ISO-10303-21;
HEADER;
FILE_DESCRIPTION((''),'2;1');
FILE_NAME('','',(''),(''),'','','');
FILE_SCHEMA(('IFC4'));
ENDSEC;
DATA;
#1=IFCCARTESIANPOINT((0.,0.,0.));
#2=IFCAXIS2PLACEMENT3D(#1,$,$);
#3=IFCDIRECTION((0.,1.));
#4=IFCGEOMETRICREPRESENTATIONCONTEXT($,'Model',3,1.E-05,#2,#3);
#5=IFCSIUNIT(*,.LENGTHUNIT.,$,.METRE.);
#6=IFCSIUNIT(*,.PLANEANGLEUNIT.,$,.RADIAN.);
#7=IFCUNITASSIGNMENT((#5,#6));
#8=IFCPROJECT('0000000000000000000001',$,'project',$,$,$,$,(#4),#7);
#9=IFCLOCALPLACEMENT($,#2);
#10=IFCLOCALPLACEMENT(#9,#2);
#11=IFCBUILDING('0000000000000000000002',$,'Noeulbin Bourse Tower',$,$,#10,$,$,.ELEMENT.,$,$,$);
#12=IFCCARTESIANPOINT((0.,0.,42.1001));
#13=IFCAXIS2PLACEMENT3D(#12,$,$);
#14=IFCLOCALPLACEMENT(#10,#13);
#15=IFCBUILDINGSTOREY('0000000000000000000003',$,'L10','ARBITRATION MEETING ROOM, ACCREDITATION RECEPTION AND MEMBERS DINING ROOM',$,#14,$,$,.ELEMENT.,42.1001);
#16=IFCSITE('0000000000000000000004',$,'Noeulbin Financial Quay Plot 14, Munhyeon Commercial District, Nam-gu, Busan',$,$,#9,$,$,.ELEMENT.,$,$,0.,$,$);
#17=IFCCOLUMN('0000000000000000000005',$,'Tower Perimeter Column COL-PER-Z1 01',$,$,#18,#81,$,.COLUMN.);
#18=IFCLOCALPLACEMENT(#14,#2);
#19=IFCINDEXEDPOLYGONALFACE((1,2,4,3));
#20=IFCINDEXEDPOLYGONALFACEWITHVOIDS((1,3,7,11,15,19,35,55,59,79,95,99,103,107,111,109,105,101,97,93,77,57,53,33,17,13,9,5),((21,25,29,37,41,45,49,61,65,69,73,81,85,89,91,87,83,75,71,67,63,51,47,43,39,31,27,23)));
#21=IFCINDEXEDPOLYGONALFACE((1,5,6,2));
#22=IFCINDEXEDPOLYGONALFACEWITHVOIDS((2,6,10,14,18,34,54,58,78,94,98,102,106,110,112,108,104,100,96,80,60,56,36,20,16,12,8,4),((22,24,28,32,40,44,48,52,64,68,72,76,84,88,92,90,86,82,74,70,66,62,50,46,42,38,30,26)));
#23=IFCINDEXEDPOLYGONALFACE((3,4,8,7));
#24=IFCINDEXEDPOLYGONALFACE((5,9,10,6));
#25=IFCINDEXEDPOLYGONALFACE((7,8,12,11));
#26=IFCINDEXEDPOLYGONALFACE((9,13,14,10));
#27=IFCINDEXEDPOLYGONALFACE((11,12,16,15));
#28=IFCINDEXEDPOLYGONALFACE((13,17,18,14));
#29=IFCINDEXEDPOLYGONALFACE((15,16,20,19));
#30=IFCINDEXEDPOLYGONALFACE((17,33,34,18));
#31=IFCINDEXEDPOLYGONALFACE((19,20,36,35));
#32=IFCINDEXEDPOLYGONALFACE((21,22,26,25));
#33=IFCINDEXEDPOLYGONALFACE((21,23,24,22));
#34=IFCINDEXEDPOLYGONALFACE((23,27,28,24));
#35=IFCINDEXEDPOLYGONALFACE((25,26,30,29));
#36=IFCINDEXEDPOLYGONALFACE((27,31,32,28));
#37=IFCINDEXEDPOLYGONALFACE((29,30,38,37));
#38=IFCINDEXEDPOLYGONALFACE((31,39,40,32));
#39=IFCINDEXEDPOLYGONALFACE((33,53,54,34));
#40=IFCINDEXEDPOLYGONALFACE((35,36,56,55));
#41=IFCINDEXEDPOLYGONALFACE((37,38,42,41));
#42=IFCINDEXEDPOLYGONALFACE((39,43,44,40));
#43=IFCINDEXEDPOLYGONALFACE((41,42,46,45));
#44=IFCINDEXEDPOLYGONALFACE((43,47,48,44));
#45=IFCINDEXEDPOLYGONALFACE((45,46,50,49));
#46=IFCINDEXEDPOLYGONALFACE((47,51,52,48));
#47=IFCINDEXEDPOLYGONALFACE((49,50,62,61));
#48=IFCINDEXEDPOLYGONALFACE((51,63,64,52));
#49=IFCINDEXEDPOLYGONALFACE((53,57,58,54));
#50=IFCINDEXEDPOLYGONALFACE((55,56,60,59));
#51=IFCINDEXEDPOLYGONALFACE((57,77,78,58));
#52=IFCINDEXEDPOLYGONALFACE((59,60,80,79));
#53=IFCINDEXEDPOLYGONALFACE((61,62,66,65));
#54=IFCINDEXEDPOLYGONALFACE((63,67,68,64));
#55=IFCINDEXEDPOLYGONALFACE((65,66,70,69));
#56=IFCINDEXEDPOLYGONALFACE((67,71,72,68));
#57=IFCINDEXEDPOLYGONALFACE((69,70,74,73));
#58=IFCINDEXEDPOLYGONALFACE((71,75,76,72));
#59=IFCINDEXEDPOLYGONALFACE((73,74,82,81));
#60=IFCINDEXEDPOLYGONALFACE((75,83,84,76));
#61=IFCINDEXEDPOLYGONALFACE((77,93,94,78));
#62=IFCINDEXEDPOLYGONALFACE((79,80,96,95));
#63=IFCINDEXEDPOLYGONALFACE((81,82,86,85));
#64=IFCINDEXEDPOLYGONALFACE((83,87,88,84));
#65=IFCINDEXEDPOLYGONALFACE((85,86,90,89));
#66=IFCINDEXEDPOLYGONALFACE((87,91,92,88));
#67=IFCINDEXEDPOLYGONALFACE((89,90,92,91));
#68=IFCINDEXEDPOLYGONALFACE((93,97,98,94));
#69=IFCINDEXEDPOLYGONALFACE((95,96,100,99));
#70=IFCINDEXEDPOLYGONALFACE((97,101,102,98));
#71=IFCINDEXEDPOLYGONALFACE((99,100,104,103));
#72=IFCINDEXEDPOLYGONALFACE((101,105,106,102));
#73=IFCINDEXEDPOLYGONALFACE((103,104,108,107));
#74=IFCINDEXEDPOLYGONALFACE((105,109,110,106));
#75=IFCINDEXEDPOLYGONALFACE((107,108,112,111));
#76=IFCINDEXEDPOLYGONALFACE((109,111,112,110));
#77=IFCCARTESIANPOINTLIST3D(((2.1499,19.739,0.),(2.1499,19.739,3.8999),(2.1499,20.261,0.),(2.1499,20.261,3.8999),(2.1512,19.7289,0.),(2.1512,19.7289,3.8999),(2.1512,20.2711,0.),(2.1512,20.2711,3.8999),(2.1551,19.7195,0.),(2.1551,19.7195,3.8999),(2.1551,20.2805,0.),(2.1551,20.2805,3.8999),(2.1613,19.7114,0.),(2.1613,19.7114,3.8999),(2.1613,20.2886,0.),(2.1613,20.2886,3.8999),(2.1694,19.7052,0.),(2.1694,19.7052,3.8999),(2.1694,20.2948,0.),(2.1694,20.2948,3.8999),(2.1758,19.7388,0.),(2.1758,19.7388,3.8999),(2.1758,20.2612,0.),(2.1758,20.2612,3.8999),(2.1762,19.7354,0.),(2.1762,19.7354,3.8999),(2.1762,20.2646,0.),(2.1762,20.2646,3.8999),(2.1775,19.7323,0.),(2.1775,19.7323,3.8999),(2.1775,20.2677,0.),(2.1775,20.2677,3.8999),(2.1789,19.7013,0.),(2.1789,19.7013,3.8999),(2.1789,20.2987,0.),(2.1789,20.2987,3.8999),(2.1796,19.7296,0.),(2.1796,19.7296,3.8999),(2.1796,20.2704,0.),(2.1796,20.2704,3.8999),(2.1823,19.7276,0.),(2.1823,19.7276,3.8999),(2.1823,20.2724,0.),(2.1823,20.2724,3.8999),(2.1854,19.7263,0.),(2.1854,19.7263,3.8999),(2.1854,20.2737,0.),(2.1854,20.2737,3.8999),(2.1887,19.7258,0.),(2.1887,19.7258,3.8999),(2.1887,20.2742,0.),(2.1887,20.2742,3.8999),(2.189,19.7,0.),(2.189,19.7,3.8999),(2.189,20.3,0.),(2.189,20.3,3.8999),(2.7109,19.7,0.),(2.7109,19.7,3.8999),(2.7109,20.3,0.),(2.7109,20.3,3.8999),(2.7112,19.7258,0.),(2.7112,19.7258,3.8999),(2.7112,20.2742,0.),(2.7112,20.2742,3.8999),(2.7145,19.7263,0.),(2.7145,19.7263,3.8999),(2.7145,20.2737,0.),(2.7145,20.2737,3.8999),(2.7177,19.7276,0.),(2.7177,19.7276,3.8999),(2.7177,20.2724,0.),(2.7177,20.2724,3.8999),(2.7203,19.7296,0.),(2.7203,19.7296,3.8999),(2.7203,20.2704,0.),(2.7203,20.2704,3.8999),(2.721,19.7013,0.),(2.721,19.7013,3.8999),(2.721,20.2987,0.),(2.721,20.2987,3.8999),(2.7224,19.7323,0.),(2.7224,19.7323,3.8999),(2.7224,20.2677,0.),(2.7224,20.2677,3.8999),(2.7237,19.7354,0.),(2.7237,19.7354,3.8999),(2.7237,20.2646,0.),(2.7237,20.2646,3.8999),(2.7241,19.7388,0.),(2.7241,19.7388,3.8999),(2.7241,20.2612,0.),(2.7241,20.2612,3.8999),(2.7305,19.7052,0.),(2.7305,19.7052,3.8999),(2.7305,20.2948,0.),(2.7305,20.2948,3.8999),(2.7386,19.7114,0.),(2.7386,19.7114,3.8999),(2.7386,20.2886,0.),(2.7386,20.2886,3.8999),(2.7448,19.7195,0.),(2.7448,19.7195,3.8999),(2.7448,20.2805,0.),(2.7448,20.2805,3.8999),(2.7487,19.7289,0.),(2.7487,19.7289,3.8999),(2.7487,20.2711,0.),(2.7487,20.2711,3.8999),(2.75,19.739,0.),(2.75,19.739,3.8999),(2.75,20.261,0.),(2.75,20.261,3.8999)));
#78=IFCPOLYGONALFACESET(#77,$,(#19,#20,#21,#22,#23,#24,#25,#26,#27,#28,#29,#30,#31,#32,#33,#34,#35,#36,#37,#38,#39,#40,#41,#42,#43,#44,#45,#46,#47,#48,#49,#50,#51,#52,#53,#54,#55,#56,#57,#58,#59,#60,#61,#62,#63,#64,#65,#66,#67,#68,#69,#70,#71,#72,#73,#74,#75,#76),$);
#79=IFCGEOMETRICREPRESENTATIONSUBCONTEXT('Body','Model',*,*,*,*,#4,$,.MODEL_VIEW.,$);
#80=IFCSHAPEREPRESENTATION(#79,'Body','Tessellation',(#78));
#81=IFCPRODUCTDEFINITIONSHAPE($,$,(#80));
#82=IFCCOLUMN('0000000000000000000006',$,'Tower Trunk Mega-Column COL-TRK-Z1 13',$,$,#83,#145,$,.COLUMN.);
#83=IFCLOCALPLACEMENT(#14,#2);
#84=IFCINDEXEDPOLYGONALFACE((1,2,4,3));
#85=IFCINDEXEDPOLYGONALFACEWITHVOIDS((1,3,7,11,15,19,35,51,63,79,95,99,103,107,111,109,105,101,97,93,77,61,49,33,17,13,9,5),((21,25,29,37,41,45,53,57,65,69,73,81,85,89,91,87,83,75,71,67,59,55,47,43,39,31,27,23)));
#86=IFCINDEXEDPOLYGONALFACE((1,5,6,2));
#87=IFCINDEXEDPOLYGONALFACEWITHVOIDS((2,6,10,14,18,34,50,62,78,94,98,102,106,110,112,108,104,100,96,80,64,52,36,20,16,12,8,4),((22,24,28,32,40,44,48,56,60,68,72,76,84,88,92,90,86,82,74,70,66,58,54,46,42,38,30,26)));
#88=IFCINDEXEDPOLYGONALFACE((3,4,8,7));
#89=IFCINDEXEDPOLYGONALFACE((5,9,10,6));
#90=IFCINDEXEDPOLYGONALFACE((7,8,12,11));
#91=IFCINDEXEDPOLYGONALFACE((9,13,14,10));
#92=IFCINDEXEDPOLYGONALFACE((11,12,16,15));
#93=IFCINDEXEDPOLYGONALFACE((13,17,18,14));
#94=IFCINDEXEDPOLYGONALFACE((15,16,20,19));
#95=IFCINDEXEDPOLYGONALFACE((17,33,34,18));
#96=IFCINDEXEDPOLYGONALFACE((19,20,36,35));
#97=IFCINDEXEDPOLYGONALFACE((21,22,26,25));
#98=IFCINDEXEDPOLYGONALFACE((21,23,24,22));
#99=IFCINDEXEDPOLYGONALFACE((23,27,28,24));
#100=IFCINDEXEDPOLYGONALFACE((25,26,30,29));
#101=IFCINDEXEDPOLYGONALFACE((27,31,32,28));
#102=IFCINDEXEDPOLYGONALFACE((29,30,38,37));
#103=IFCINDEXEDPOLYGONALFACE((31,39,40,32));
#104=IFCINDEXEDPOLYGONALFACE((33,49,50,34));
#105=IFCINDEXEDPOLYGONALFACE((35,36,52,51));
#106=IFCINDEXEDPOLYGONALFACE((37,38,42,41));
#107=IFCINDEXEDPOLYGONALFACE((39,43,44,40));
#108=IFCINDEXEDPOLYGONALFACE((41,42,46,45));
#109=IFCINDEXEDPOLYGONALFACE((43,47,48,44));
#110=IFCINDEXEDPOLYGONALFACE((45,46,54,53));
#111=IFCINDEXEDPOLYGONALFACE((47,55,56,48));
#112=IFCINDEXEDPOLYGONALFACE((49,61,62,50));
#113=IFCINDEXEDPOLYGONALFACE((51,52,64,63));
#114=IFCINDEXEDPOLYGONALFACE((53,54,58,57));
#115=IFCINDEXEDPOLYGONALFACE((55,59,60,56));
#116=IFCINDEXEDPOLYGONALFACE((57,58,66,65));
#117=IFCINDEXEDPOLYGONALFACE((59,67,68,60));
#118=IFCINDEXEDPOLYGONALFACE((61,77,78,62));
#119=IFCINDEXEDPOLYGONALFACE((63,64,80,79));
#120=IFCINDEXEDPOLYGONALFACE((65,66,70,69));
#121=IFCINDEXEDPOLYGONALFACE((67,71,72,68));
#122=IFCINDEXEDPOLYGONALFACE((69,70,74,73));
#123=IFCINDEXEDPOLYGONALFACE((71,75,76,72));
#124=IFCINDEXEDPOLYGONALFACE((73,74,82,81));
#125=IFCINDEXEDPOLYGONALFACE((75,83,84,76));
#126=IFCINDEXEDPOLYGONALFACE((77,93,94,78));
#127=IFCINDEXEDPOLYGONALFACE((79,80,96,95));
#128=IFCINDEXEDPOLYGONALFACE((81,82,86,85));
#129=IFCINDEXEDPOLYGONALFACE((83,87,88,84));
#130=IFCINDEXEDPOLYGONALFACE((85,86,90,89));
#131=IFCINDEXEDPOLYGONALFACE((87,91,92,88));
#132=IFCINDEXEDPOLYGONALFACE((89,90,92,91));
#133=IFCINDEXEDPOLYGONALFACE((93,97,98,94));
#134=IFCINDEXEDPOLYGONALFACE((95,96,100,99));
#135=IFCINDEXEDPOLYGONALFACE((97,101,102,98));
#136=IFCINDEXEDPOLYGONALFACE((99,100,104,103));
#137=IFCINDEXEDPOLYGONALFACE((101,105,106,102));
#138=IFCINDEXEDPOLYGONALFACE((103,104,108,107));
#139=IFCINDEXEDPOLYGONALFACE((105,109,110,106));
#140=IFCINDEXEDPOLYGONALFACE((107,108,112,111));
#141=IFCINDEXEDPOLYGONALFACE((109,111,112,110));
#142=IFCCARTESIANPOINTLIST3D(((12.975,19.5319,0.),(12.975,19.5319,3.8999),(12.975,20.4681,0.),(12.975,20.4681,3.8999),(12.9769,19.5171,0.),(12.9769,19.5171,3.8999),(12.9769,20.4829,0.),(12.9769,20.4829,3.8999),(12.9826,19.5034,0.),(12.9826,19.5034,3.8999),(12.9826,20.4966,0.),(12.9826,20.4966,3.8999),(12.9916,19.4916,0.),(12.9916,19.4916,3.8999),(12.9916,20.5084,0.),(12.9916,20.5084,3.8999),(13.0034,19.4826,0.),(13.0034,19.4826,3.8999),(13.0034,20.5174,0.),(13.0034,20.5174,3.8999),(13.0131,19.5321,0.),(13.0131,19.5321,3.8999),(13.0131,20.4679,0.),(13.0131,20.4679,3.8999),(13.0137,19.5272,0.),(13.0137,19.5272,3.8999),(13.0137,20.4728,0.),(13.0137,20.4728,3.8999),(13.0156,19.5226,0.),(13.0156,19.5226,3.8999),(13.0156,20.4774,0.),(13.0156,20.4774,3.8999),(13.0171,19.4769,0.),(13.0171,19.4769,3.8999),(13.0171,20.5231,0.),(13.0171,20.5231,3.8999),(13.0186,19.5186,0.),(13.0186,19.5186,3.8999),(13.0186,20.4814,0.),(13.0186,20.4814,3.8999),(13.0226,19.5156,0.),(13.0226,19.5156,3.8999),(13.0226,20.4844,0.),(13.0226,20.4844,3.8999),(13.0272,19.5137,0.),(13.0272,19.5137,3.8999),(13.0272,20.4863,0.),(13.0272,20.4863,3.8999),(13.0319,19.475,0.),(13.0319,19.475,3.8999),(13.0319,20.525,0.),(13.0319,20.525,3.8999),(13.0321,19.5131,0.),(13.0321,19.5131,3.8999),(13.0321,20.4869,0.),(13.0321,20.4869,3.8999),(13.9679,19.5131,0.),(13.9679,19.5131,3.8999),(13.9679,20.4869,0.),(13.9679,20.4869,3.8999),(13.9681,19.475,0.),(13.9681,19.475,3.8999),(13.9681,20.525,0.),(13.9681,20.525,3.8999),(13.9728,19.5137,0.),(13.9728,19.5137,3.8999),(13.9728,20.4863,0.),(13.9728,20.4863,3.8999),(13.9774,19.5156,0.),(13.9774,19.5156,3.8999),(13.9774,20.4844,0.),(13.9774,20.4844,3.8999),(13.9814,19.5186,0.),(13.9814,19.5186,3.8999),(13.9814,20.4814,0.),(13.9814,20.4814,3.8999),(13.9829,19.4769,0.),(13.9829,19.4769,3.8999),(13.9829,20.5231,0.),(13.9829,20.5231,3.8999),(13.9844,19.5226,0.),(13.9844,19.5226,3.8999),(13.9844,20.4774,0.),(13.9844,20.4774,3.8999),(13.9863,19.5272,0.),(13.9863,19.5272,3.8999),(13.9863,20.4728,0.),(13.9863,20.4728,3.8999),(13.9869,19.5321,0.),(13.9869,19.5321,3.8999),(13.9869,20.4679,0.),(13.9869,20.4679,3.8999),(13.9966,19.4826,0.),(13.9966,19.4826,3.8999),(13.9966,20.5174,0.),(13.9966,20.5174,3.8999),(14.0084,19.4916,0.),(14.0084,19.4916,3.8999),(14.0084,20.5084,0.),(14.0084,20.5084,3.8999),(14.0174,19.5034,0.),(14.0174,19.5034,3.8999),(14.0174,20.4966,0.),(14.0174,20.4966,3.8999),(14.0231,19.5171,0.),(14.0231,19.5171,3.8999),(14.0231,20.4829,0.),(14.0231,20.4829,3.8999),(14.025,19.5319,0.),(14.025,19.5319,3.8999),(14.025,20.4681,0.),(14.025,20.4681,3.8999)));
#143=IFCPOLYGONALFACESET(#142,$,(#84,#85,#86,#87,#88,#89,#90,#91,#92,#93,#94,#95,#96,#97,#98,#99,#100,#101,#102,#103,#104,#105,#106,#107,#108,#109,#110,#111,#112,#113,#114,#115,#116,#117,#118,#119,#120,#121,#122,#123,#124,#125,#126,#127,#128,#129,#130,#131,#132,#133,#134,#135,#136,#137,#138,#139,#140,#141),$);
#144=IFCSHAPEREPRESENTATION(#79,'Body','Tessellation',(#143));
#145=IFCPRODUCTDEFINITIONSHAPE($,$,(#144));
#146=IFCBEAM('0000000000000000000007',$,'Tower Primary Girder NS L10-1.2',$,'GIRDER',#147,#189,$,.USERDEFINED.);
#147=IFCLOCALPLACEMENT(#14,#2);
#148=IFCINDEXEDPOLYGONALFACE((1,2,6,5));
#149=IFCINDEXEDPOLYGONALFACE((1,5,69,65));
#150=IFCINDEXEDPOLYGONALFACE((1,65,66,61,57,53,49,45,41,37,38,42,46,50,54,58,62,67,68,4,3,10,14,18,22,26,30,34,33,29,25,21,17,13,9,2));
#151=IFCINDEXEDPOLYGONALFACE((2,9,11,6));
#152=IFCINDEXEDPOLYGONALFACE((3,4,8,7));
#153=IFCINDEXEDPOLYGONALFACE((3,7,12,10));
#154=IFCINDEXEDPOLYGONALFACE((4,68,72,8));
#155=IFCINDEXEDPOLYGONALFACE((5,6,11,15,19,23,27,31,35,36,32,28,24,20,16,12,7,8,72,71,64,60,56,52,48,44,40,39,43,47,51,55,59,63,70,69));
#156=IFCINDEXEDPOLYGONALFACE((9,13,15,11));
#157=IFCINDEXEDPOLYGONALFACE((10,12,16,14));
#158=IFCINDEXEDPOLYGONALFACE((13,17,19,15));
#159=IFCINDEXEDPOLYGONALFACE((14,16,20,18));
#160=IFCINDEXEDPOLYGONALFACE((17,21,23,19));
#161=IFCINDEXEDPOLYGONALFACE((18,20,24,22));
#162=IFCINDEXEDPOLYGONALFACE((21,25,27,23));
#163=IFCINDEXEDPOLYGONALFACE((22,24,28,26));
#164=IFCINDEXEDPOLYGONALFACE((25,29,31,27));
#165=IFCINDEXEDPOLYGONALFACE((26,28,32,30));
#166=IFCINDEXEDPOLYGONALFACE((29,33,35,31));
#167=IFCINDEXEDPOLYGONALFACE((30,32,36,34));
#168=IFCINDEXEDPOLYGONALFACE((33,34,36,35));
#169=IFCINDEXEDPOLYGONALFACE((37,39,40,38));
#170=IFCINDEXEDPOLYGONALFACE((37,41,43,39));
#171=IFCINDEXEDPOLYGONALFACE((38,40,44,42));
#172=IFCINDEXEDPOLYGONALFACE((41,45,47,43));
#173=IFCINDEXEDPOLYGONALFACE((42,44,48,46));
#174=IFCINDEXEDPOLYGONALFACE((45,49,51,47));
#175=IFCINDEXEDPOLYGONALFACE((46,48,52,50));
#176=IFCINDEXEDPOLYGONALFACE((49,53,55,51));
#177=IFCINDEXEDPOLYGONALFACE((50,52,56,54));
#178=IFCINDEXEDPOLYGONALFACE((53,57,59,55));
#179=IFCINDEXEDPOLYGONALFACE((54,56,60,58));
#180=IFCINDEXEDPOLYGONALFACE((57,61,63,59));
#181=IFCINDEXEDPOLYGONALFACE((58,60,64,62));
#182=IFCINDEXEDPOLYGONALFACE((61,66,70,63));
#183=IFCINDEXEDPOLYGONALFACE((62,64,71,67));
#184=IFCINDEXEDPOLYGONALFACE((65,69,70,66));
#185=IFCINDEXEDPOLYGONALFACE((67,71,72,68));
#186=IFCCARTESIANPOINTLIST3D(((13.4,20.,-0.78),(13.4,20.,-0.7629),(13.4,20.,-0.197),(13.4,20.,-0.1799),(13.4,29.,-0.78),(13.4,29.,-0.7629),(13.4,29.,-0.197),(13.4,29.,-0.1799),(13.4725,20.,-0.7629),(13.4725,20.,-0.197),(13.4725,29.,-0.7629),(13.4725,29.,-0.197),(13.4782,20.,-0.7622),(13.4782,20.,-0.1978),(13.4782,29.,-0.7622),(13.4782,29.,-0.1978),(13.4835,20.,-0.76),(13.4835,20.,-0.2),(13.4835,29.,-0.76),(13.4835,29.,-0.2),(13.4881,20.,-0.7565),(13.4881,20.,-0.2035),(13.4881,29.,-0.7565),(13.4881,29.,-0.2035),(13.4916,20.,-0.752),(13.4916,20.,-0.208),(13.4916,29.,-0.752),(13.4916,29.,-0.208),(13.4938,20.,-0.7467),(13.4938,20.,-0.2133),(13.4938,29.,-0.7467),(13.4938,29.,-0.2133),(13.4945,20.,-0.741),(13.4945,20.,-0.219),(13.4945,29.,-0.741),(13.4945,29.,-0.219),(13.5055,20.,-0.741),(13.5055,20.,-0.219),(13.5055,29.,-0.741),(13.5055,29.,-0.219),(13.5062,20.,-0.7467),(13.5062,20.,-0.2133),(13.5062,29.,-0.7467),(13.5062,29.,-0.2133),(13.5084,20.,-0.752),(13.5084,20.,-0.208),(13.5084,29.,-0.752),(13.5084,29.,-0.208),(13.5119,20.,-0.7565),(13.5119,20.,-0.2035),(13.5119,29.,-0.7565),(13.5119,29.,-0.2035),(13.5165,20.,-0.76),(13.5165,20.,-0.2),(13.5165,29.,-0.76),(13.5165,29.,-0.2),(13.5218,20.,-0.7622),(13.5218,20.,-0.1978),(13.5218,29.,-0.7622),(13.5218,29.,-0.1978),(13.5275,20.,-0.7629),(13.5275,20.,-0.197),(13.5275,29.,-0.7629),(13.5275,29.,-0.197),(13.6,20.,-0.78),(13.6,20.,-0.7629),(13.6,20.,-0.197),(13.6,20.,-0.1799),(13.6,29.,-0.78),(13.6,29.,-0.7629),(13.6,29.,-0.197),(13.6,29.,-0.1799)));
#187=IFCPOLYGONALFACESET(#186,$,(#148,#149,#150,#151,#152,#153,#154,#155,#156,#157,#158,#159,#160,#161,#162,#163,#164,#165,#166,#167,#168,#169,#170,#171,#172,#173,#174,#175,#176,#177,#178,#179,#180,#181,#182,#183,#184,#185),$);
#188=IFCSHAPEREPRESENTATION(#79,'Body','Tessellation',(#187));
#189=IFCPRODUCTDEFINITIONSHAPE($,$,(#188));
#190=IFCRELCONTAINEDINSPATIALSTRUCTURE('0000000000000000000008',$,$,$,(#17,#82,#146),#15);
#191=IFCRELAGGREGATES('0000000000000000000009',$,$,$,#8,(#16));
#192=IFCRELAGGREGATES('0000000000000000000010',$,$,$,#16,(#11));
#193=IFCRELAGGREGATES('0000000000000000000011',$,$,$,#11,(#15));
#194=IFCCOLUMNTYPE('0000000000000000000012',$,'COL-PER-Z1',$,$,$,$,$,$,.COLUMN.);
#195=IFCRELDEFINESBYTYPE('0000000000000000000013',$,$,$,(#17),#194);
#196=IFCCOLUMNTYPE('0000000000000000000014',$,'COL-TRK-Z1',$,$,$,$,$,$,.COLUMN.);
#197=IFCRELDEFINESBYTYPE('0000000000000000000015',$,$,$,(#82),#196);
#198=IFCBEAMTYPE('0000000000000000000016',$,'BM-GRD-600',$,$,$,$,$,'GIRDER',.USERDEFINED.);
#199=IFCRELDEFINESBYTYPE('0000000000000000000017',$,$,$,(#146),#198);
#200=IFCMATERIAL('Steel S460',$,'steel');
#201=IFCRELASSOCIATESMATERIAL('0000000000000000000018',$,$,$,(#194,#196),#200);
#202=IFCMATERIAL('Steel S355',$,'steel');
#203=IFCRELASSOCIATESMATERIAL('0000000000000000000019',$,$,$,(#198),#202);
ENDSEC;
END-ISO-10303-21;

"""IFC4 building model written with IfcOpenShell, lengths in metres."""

from ifc_helpers import new_model, si_unit, direction, frame, origin, origin_2d, place, context, subcontext, project, spatial, hollow_rectangle, i_section, extrude, material, material_profile, profile_set, type_object, element, save


model = new_model("IFC4")

# Units and contexts
model_context = context("Model", 3, precision=1e-05, world=origin(), true_north=direction((0.0, 1.0)))
body_context = subcontext(model_context, "Body", "Model", "MODEL_VIEW")
ifc_project = project(units=[si_unit("LENGTHUNIT", "METRE"), si_unit("PLANEANGLEUNIT", "RADIAN")], contexts=[model_context])

# Site, building, storey
site_placement = place(None, origin())
site = spatial("IfcSite", under=ifc_project, at=site_placement, Name="Noeulbin Financial Quay Plot 14, Munhyeon Commercial District, Nam-gu, Busan", CompositionType="ELEMENT", RefElevation=0.0)
building_placement = place(site_placement, origin())
building = spatial("IfcBuilding", under=site, at=building_placement, Name="Noeulbin Bourse Tower", CompositionType="ELEMENT")
storey_placement = place(building_placement, frame((0.0, 0.0, 42.1001)))
storey = spatial("IfcBuildingStorey", under=building, at=storey_placement, Name="L10", Description="ARBITRATION MEETING ROOM, ACCREDITATION RECEPTION AND MEMBERS DINING ROOM", CompositionType="ELEMENT", Elevation=42.1001)

# Columns
ifc_material_1 = material(Name="Steel S460", Category="steel")
ifc_material_profile_1 = material_profile(ifc_material_1, hollow_rectangle(XDim=0.6001, YDim=0.6001, WallThickness=0.0259, InnerFilletRadius=0.0129, OuterFilletRadius=0.0391, at=origin_2d()), Name="BOX-600x600x26", Category="LoadBearing")
ifc_profile_set_1 = profile_set([ifc_material_profile_1], Name="Steel S460")
column_type_1 = type_object("IfcColumnType", Name="COL-PER-Z1", PredefinedType="COLUMN", material=ifc_profile_set_1)
column_1_placement = place(storey_placement, frame((2.45, 20.0, 0.0), z_axis=(0.0, 0.0, 1.0), x_axis=(1.0, 0.0, 0.0)))
element("IfcColumn", 1, at=column_1_placement, inside=storey, type_object=column_type_1, Name="Tower Perimeter Column COL-PER-Z1 01", PredefinedType="COLUMN", context=body_context, shape_type="SweptSolid", body=[
    extrude(hollow_rectangle(XDim=0.6001, YDim=0.6001, WallThickness=0.0259, InnerFilletRadius=0.0129, OuterFilletRadius=0.0391, at=origin_2d()), origin(), (0.0, 0.0, 1.0), 3.8999),
])
ifc_material_profile_2 = material_profile(ifc_material_1, hollow_rectangle(XDim=1.05, YDim=1.05, WallThickness=0.0381, InnerFilletRadius=0.019, OuterFilletRadius=0.0569, at=origin_2d()), Name="BOX-1050x1050x38", Category="LoadBearing")
ifc_profile_set_2 = profile_set([ifc_material_profile_2], Name="Steel S460")
column_type_2 = type_object("IfcColumnType", Name="COL-TRK-Z1", PredefinedType="COLUMN", material=ifc_profile_set_2)
column_2_placement = place(storey_placement, frame((13.5, 20.0, 0.0), z_axis=(0.0, 0.0, 1.0), x_axis=(1.0, 0.0, 0.0)))
element("IfcColumn", 2, at=column_2_placement, inside=storey, type_object=column_type_2, Name="Tower Trunk Mega-Column COL-TRK-Z1 13", PredefinedType="COLUMN", context=body_context, shape_type="SweptSolid", body=[
    extrude(hollow_rectangle(XDim=1.05, YDim=1.05, WallThickness=0.0381, InnerFilletRadius=0.019, OuterFilletRadius=0.0569, at=origin_2d()), origin(), (0.0, 0.0, 1.0), 3.8999),
])

# Beam
ifc_material_2 = material(Name="Steel S355", Category="steel")
ifc_material_profile_3 = material_profile(ifc_material_2, i_section(OverallWidth=0.2, OverallDepth=0.6001, WebThickness=0.011, FlangeThickness=0.0171, FilletRadius=0.022, at=origin_2d()), Name="H-600x200x11x17", Category="LoadBearing")
ifc_profile_set_3 = profile_set([ifc_material_profile_3], Name="Steel S355")
beam_type_1 = type_object("IfcBeamType", Name="BM-GRD-600", ElementType="GIRDER", PredefinedType="USERDEFINED", material=ifc_profile_set_3)
beam_1_placement = place(storey_placement, frame((13.5, 20.0, -0.48), z_axis=(0.0, 1.0, 0.0), x_axis=(-1.0, 0.0, 0.0)))
element("IfcBeam", 3, at=beam_1_placement, inside=storey, type_object=beam_type_1, Name="Tower Primary Girder NS L10-1.2", ObjectType="GIRDER", PredefinedType="USERDEFINED", context=body_context, shape_type="SweptSolid", body=[
    extrude(i_section(OverallWidth=0.2, OverallDepth=0.6001, WebThickness=0.011, FlangeThickness=0.0171, FilletRadius=0.022, at=origin_2d()), origin(), (0.0, 0.0, 1.0), 9.0),
])

save(model, "model.ifc")
